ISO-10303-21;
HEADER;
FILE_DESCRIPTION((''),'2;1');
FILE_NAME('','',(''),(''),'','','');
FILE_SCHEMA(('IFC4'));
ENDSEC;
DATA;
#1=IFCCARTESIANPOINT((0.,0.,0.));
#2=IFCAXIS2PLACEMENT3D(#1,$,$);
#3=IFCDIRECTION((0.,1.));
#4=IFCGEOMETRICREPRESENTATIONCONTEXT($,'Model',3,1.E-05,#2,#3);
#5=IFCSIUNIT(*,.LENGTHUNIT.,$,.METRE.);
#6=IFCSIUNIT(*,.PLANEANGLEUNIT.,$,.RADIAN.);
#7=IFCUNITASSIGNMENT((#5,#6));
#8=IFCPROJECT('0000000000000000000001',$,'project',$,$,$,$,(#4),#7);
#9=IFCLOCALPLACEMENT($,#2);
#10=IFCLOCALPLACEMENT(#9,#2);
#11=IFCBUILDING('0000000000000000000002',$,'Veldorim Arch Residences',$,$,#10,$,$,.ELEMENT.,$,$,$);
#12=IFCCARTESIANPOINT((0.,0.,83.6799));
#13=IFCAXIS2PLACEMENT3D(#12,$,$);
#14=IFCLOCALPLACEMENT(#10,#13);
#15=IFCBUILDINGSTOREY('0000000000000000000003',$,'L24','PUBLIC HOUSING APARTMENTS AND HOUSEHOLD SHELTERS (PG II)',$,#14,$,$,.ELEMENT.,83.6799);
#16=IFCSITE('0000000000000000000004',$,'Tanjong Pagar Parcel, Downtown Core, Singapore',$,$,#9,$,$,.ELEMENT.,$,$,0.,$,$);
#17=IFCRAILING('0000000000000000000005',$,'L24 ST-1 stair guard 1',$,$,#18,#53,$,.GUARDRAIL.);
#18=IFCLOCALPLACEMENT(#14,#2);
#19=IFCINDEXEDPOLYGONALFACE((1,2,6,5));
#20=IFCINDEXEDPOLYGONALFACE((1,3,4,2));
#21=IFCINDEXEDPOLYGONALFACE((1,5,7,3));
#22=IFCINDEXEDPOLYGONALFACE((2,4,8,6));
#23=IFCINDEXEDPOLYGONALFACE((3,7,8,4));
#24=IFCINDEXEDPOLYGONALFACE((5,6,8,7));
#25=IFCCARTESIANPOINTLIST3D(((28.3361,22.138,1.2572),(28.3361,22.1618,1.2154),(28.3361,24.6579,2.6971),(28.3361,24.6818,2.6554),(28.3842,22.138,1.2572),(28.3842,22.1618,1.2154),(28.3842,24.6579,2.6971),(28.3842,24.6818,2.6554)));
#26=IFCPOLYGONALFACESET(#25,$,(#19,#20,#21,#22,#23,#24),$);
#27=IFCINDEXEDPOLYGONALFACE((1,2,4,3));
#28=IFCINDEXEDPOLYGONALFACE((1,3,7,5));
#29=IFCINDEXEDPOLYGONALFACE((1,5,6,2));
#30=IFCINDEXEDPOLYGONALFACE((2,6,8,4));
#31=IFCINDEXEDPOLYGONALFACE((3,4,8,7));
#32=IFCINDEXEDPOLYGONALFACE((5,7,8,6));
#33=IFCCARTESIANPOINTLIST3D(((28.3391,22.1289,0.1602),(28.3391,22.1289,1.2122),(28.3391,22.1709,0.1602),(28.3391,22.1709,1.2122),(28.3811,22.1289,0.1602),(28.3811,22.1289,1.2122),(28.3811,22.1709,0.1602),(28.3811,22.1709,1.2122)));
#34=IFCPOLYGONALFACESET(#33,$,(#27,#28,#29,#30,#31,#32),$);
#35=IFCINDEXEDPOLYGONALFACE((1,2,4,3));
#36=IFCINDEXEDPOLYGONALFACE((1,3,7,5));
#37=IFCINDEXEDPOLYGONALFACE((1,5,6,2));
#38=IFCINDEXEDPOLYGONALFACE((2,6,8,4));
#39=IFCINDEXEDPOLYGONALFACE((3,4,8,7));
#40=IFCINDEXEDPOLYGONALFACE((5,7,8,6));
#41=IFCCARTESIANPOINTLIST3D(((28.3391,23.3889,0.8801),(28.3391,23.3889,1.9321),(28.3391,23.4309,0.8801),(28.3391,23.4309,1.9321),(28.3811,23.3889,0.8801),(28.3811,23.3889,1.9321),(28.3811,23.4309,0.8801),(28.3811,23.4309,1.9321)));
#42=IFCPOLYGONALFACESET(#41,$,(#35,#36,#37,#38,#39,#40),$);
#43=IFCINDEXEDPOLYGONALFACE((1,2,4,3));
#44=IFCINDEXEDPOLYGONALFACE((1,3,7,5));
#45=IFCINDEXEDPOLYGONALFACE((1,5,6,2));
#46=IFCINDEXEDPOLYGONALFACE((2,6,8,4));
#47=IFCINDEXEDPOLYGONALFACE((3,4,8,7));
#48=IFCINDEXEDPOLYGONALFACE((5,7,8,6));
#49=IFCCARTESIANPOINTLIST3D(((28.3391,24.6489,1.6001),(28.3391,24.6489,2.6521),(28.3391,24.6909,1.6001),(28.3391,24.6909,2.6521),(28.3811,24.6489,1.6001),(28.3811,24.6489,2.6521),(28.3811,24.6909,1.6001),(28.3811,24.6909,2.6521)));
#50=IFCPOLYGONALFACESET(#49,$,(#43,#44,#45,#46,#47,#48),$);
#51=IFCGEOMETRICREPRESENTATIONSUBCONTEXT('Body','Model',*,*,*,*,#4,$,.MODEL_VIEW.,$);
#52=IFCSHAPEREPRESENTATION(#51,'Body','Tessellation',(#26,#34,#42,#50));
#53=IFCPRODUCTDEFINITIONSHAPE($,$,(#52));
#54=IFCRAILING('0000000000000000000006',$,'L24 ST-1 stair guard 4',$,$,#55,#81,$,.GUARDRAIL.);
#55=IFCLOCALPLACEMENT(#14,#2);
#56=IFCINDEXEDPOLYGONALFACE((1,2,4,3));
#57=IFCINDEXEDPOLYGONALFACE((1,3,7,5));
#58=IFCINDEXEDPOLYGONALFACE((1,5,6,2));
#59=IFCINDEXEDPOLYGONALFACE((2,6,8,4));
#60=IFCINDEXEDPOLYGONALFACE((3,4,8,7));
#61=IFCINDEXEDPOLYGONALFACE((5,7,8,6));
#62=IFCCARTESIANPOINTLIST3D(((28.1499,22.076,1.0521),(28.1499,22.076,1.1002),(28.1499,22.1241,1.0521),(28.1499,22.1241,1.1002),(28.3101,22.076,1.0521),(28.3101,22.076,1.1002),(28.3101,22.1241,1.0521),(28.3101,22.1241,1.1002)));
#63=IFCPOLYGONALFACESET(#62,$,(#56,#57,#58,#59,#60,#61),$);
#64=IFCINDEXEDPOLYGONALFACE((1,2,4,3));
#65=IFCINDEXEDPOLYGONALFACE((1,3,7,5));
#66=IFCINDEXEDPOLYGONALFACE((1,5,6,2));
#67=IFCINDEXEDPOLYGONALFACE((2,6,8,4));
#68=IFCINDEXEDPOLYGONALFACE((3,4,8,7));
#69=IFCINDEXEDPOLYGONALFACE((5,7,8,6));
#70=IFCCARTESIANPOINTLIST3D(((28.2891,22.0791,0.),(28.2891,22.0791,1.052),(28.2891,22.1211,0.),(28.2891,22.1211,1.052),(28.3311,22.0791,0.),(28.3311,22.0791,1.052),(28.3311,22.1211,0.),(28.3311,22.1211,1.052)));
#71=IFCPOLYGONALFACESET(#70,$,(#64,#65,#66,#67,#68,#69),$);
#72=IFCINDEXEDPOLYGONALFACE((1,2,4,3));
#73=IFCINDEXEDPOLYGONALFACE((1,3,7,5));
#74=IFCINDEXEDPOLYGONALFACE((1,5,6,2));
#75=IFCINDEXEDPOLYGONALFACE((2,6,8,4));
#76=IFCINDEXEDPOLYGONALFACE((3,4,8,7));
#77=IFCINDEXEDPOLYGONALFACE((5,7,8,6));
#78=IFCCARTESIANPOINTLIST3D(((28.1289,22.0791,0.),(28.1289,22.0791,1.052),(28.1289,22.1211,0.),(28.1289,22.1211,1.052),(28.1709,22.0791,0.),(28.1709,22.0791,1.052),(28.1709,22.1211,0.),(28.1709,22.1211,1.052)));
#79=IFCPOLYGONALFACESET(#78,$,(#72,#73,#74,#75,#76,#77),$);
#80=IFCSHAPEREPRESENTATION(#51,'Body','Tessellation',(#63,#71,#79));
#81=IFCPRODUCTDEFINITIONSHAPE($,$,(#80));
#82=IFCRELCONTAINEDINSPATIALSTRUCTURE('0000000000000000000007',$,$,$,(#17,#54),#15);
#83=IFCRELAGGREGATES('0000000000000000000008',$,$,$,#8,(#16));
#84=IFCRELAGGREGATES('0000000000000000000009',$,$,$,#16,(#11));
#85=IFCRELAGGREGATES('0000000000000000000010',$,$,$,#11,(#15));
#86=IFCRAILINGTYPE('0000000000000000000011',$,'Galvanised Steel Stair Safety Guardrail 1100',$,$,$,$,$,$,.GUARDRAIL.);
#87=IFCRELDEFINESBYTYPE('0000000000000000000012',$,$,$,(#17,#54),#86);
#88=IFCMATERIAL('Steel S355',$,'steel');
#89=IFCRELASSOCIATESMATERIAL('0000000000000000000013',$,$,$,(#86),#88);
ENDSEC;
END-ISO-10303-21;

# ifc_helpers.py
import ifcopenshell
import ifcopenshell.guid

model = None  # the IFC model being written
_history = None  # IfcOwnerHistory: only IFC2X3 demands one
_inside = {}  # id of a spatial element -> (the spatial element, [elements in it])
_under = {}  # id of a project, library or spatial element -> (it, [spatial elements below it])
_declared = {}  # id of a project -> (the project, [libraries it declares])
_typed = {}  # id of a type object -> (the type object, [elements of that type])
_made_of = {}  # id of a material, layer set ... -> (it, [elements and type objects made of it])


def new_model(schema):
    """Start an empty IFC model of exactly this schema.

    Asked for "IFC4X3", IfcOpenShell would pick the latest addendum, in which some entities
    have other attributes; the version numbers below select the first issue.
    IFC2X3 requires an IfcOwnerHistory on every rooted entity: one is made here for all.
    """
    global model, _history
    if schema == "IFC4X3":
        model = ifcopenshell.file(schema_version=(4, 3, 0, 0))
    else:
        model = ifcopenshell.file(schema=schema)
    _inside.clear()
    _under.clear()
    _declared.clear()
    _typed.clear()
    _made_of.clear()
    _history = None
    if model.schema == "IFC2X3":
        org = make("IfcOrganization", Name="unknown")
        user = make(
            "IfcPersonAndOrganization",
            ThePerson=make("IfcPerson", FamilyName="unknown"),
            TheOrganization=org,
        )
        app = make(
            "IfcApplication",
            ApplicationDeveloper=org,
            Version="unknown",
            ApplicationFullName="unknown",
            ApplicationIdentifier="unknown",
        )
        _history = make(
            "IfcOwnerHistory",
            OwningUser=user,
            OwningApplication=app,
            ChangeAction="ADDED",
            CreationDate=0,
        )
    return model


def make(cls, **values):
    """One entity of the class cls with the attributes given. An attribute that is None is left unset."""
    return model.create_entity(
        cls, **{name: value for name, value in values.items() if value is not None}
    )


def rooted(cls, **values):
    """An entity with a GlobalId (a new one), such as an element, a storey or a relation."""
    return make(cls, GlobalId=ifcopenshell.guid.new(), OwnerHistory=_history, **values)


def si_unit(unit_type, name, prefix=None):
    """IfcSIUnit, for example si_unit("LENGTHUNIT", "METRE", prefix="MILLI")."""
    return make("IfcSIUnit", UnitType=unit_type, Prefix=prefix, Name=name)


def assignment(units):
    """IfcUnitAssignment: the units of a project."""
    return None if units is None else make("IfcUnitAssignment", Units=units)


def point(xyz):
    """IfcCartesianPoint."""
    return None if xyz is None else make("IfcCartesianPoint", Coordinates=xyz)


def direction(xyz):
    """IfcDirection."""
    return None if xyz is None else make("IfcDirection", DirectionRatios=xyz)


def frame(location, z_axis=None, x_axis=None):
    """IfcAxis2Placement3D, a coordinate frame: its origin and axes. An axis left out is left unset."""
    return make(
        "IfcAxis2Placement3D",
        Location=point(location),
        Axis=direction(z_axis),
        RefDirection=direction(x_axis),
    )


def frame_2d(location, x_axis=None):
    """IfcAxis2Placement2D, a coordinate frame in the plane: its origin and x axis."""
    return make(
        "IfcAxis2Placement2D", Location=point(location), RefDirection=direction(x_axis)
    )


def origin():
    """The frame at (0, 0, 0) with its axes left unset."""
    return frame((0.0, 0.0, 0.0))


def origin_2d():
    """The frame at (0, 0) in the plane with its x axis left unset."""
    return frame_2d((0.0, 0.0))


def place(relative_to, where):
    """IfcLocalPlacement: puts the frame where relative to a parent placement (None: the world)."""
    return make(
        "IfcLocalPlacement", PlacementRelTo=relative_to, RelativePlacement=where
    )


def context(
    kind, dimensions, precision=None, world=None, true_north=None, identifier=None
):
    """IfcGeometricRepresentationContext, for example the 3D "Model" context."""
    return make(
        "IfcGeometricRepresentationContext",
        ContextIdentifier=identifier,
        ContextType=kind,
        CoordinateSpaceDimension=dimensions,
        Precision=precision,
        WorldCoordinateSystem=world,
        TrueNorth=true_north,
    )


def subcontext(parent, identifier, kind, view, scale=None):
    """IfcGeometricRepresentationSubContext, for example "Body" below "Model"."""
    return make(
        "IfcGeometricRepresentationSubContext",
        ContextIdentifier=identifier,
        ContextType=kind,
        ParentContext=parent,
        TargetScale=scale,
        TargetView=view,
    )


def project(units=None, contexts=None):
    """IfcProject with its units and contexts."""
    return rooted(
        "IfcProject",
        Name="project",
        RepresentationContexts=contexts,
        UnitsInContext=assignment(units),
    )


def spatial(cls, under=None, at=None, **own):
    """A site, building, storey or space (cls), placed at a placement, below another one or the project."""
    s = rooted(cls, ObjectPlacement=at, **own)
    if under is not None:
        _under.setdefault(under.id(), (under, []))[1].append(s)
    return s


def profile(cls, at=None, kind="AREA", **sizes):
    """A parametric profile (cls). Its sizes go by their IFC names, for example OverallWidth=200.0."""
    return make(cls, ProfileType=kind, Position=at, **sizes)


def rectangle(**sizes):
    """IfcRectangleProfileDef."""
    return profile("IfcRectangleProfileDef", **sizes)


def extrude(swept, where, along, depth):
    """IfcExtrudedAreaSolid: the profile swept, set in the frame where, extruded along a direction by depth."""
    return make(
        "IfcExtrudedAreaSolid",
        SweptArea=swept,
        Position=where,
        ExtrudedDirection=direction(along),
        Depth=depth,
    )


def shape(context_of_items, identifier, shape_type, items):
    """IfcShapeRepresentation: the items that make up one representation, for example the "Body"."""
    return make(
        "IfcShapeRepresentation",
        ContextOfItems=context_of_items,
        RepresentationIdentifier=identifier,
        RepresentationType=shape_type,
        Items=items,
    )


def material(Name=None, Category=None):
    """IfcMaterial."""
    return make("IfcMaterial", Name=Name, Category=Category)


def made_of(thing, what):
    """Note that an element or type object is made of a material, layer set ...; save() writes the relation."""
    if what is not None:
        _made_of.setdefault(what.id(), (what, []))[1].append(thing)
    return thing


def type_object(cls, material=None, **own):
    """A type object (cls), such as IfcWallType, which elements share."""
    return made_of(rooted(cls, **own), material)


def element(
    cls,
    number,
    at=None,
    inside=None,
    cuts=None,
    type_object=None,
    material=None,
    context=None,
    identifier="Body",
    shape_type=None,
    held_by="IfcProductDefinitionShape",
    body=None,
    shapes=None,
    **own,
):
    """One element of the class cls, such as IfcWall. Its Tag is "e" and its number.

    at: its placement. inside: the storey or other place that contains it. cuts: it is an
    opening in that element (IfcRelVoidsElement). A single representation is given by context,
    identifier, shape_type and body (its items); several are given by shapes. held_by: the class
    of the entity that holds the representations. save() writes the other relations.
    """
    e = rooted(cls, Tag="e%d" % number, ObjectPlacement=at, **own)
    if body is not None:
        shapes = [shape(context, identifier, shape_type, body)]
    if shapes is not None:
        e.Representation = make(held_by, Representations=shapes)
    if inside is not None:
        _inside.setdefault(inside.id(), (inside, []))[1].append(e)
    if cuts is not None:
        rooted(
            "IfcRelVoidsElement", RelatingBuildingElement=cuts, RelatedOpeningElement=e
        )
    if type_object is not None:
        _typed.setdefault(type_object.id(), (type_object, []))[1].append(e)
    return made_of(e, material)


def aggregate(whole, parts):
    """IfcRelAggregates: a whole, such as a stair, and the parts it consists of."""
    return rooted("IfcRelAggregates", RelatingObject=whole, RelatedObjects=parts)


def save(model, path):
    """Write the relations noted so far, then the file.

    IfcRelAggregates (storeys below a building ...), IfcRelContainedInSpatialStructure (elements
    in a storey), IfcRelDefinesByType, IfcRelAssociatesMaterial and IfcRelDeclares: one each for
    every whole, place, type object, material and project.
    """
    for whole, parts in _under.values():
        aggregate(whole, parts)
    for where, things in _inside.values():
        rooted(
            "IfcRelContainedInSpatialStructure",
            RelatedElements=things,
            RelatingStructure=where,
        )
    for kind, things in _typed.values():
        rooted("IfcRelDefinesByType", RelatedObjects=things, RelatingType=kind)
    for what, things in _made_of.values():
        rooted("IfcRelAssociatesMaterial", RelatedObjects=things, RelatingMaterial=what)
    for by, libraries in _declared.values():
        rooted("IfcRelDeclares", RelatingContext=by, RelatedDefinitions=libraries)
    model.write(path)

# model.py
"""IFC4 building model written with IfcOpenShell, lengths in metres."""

from ifc_helpers import new_model, si_unit, direction, frame, origin, origin_2d, place, context, subcontext, project, spatial, rectangle, extrude, material, type_object, element, save


model = new_model("IFC4")

# Units and contexts
model_context = context("Model", 3, precision=1e-05, world=origin(), true_north=direction((0.0, 1.0)))
body_context = subcontext(model_context, "Body", "Model", "MODEL_VIEW")
ifc_project = project(units=[si_unit("LENGTHUNIT", "METRE"), si_unit("PLANEANGLEUNIT", "RADIAN")], contexts=[model_context])

# Site, building, storey
site_placement = place(None, origin())
site = spatial("IfcSite", under=ifc_project, at=site_placement, Name="Tanjong Pagar Parcel, Downtown Core, Singapore", CompositionType="ELEMENT", RefElevation=0.0)
building_placement = place(site_placement, origin())
building = spatial("IfcBuilding", under=site, at=building_placement, Name="Veldorim Arch Residences", CompositionType="ELEMENT")
storey_placement = place(building_placement, frame((0.0, 0.0, 83.6799)))
storey = spatial("IfcBuildingStorey", under=building, at=storey_placement, Name="L24", Description="PUBLIC HOUSING APARTMENTS AND HOUSEHOLD SHELTERS (PG II)", CompositionType="ELEMENT", Elevation=83.6799)

# Railings
ifc_material_1 = material(Name="Steel S355", Category="steel")
railing_type = type_object("IfcRailingType", Name="Galvanised Steel Stair Safety Guardrail 1100", PredefinedType="GUARDRAIL", material=ifc_material_1)
railing_1_placement = place(storey_placement, frame((28.3601, 22.1499, 0.1602)))
element("IfcRailing", 1, at=railing_1_placement, inside=storey, type_object=railing_type, Name="L24 ST-1 stair guard 1", PredefinedType="GUARDRAIL", context=body_context, shape_type="SweptSolid", body=[
    extrude(rectangle(XDim=0.0481, YDim=0.0481, at=origin_2d()), frame((0.0, 0.0, 1.0762), z_axis=(0.0, 0.868253, 0.496121), x_axis=(-1.0, 0.0, 0.0)), (0.0, 0.0, 1.0), 2.9023),
    extrude(rectangle(XDim=0.042, YDim=0.042, at=origin_2d()), origin(), (0.0, 0.0, 1.0), 1.052),
    extrude(rectangle(XDim=0.042, YDim=0.042, at=origin_2d()), frame((0.0, 1.26, 0.72)), (0.0, 0.0, 1.0), 1.052),
    extrude(rectangle(XDim=0.042, YDim=0.042, at=origin_2d()), frame((0.0, 2.52, 1.4399)), (0.0, 0.0, 1.0), 1.052),
])
railing_2_placement = place(storey_placement, frame((28.3101, 22.1001, 0.0)))
element("IfcRailing", 2, at=railing_2_placement, inside=storey, type_object=railing_type, Name="L24 ST-1 stair guard 4", PredefinedType="GUARDRAIL", context=body_context, shape_type="SweptSolid", body=[
    extrude(rectangle(XDim=0.0481, YDim=0.0481, at=origin_2d()), frame((0.0, 0.0, 1.0762), z_axis=(-1.0, 0.0, 0.0), x_axis=(0.0, -1.0, 0.0)), (0.0, 0.0, 1.0), 0.1602),
    extrude(rectangle(XDim=0.042, YDim=0.042, at=origin_2d()), origin(), (0.0, 0.0, 1.0), 1.052),
    extrude(rectangle(XDim=0.042, YDim=0.042, at=origin_2d()), frame((-0.1602, 0.0, 0.0)), (0.0, 0.0, 1.0), 1.052),
])

save(model, "model.ifc")
